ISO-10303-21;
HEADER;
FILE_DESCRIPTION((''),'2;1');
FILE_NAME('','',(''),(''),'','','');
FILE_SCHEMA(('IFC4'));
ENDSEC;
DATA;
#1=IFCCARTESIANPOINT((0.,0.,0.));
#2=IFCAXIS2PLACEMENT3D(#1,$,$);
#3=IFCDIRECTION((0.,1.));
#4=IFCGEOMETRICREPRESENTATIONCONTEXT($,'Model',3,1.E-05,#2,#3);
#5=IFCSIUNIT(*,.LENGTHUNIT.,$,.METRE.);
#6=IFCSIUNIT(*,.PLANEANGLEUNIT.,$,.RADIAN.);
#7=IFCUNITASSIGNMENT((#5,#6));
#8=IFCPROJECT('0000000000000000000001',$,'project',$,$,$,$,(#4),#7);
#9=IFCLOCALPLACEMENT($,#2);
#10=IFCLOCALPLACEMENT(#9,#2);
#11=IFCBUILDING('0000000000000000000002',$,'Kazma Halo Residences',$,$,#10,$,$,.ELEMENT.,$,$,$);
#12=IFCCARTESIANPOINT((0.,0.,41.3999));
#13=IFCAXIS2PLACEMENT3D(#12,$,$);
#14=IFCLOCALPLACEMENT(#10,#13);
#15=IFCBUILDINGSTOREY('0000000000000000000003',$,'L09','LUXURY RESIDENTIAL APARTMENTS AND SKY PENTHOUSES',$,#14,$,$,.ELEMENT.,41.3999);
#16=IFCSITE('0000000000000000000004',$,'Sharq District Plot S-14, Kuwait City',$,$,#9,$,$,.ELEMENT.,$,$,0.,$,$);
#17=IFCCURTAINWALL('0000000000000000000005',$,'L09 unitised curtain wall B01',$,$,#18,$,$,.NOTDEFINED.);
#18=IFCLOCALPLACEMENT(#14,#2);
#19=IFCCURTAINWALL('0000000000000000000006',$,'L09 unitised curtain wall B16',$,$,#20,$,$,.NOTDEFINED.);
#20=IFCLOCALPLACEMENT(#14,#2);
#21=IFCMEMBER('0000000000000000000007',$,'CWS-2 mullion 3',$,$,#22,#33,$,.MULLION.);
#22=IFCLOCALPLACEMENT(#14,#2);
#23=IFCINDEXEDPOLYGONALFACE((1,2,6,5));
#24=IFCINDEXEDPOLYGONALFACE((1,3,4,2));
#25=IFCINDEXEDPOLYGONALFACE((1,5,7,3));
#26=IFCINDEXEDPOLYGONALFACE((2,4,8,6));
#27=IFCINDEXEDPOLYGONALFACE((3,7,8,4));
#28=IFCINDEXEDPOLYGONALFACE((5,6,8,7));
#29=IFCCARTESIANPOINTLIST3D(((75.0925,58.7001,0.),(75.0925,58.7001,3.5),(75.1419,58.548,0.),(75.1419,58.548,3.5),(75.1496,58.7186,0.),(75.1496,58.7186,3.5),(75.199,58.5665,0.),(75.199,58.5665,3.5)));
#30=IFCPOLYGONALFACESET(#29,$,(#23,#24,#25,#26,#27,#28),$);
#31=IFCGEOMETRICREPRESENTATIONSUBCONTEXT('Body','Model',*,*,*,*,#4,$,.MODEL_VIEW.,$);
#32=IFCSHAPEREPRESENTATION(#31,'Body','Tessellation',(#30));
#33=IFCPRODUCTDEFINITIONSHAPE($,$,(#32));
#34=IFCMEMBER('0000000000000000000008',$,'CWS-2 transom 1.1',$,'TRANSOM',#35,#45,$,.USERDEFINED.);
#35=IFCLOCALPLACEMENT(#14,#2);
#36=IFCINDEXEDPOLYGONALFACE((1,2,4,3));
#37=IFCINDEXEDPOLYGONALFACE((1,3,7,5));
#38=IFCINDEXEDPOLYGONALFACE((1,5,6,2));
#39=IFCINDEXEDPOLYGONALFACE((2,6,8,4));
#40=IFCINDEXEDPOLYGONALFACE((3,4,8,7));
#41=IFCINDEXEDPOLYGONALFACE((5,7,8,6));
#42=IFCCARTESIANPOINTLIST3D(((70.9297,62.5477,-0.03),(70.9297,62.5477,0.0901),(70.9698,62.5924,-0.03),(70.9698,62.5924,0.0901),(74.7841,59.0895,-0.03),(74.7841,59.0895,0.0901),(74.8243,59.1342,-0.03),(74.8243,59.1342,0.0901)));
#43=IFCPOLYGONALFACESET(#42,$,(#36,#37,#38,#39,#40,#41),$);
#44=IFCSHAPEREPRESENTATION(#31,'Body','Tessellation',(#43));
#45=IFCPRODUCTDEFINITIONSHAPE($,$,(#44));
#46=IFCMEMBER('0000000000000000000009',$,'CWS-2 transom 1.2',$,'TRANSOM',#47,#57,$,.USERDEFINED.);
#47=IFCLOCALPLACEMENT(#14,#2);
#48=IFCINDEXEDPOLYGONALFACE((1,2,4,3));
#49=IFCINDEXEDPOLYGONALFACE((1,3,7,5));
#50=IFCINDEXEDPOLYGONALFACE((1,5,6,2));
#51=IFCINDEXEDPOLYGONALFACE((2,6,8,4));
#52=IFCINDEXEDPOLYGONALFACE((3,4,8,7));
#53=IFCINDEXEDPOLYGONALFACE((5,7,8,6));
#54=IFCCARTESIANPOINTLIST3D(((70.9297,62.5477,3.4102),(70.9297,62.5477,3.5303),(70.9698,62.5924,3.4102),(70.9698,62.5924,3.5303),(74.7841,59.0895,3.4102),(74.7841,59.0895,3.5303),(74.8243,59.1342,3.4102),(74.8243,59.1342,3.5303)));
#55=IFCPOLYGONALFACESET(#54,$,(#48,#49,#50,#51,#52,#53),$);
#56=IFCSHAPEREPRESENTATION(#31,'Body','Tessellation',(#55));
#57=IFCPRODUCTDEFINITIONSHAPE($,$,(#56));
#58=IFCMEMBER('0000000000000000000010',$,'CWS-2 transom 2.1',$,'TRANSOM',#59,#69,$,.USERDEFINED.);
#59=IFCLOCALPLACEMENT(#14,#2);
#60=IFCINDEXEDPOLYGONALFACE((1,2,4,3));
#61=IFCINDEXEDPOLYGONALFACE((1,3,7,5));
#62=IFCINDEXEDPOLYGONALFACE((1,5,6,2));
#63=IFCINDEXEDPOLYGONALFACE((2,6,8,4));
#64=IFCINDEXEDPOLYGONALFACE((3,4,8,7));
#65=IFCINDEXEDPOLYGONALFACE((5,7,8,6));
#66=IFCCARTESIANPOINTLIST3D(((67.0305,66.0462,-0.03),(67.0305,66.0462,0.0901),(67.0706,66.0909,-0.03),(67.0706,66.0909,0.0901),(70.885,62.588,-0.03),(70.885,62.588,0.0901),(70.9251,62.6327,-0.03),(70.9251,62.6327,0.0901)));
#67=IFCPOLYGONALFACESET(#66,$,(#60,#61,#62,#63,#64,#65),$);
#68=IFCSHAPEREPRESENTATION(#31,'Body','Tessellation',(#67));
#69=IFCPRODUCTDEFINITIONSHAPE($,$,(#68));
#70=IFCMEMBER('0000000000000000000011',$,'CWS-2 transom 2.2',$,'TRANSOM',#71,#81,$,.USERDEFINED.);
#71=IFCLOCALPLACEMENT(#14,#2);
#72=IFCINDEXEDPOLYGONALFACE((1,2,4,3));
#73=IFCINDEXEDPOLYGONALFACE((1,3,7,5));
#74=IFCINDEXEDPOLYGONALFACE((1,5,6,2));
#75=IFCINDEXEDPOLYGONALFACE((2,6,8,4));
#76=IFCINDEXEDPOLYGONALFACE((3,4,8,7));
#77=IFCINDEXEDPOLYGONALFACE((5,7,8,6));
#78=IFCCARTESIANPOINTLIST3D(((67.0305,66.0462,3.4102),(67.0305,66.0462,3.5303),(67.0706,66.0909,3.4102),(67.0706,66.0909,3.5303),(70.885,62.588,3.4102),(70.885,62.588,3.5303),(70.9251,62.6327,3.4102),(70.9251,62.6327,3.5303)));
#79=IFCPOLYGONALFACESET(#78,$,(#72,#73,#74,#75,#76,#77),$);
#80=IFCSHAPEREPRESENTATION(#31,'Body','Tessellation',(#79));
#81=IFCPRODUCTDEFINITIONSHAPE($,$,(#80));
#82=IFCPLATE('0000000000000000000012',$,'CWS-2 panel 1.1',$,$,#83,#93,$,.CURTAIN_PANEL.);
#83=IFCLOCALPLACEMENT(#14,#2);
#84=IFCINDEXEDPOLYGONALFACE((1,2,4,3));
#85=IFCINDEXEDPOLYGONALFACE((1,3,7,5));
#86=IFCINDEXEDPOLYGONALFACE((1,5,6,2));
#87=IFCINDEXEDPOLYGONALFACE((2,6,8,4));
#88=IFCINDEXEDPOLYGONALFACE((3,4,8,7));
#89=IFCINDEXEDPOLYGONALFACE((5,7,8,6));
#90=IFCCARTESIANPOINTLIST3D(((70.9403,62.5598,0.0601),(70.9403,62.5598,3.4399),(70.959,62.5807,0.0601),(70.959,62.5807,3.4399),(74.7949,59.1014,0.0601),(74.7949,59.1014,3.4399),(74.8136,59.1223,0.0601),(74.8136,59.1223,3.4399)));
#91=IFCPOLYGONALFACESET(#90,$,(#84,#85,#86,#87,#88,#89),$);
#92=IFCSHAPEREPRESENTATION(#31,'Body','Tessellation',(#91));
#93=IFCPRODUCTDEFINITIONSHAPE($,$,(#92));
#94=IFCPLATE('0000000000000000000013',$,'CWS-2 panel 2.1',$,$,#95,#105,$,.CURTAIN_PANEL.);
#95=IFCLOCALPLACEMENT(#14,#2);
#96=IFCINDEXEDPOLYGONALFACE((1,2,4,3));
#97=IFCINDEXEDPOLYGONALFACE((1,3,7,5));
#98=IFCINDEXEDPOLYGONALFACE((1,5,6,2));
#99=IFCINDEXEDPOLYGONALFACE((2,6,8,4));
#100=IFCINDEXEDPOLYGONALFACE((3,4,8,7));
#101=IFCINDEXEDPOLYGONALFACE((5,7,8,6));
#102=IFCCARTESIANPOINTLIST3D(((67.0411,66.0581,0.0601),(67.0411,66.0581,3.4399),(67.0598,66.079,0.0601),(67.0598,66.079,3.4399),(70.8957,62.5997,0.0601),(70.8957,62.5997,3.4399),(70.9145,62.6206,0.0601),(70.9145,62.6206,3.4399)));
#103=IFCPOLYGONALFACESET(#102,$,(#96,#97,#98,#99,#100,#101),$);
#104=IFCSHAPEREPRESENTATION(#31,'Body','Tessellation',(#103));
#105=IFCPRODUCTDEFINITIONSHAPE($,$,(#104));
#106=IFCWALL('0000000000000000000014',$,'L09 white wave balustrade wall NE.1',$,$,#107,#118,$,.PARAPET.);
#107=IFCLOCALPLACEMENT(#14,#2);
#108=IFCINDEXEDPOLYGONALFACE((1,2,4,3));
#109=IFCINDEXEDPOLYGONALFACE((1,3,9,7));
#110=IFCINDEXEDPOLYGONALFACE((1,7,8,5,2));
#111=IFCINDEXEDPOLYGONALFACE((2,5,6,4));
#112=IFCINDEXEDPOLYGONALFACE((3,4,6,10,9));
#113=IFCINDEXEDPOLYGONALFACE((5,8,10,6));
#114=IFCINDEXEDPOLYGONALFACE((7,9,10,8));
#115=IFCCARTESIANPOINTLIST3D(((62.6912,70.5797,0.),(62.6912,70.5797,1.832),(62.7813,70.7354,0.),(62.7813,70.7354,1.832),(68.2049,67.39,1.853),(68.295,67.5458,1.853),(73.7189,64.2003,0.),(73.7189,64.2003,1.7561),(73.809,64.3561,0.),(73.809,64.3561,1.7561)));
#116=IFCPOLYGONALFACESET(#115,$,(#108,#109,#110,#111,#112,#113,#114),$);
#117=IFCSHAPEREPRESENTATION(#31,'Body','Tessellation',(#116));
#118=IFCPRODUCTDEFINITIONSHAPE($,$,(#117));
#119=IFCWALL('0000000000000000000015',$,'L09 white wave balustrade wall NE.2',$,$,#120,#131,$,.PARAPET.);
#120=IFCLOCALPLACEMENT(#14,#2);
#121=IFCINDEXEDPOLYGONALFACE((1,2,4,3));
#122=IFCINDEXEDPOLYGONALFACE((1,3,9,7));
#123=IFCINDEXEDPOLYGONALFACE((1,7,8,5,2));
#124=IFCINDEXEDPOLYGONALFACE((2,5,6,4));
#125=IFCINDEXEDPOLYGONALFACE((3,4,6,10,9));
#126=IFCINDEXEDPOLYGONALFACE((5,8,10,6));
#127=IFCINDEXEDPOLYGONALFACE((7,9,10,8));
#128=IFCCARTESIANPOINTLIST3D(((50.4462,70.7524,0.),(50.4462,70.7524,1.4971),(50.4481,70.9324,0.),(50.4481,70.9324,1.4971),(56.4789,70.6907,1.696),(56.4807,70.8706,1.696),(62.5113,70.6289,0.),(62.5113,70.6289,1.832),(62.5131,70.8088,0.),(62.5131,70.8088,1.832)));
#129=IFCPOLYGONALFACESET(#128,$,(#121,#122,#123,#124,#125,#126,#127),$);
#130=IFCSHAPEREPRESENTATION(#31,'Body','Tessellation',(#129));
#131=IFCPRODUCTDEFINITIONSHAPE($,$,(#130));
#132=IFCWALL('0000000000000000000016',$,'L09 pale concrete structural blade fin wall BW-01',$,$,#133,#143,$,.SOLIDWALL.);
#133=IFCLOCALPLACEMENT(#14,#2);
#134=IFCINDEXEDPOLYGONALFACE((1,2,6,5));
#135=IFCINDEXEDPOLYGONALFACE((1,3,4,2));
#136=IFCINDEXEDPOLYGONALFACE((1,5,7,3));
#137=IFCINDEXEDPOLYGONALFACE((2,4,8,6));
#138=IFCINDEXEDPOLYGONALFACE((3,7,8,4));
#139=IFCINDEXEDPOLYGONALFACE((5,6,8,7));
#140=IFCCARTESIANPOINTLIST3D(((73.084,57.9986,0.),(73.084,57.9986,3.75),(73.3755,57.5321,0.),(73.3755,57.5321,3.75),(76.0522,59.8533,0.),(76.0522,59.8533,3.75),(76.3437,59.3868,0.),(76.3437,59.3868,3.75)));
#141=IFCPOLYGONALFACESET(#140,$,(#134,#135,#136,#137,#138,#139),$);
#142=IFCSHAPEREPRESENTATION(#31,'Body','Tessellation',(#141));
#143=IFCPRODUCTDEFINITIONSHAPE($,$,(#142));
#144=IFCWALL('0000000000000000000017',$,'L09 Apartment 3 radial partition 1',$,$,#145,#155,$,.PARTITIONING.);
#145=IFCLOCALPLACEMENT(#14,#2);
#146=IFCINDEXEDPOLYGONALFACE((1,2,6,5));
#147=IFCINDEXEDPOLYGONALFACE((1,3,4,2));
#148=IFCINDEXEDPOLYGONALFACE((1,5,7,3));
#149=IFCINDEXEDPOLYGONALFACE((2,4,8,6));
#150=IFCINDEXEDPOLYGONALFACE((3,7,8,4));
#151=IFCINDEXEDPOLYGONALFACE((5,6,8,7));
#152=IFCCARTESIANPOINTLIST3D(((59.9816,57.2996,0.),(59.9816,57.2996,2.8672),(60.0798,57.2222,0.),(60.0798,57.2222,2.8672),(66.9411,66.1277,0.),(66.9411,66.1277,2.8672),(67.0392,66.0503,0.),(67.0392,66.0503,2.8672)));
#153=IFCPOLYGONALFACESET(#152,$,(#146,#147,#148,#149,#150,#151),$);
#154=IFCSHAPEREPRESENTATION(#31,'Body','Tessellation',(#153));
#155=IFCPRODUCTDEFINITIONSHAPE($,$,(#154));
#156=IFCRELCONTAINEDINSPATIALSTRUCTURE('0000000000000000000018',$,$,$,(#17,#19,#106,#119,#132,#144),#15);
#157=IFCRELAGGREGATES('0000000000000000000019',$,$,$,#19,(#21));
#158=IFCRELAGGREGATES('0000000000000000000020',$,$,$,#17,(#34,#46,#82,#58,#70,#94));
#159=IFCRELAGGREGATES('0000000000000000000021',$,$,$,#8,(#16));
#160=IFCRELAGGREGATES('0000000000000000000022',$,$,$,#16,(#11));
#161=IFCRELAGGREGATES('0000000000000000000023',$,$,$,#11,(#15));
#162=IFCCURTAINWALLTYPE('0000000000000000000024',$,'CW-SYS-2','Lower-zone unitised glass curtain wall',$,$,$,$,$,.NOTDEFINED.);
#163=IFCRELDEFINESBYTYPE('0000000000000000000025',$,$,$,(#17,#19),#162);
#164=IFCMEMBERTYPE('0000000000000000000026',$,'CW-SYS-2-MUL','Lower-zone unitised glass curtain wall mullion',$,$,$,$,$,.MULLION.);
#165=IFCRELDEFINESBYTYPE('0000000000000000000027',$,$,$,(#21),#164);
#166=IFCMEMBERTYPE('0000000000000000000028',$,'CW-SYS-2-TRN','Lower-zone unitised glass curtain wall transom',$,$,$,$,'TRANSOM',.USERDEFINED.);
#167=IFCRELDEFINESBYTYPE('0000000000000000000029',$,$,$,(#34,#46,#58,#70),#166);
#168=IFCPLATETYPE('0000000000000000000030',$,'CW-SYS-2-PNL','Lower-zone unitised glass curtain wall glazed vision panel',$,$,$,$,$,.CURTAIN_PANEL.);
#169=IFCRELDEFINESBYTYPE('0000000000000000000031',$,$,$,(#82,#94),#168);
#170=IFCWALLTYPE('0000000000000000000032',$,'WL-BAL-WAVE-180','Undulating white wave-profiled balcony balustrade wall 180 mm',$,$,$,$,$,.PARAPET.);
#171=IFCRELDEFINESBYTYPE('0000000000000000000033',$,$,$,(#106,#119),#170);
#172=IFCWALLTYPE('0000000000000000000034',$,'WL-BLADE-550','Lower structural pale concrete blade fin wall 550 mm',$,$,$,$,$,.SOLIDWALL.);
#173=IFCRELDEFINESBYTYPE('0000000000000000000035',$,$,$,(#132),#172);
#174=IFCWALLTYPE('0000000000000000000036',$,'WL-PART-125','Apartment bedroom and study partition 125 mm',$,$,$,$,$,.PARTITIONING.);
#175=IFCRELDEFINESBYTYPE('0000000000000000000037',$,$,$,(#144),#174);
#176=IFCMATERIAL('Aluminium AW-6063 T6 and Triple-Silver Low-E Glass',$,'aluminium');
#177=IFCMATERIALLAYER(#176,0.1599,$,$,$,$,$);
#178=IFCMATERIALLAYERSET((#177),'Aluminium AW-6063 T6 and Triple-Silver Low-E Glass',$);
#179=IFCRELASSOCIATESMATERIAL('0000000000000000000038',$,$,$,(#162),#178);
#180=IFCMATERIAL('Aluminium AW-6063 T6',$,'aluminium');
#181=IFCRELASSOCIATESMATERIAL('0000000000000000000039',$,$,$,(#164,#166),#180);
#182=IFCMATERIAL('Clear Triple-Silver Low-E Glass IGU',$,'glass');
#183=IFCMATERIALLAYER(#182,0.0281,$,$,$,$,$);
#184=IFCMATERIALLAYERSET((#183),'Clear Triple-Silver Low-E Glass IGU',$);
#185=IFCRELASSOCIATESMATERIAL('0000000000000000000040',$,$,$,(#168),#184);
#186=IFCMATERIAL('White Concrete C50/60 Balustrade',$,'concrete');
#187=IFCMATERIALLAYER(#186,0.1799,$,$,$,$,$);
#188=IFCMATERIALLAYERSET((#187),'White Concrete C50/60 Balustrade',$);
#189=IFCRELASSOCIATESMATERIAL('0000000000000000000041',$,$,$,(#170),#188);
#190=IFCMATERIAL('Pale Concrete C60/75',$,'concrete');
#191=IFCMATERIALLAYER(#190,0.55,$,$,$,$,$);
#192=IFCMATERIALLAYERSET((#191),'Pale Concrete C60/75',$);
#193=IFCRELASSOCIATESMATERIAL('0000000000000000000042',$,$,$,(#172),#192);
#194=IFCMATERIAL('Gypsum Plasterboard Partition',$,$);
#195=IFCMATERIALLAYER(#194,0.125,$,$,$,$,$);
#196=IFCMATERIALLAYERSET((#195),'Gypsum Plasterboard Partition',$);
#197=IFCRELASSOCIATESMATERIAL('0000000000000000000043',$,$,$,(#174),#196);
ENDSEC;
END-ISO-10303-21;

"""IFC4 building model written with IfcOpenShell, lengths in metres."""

from ifc_helpers import new_model, si_unit, direction, frame, frame_2d, origin, origin_2d, place, context, subcontext, project, spatial, polyline, rectangle, outline, extrude, material, layer, layer_set, material_profile, profile_set, type_object, element, aggregate, save


model = new_model("IFC4")

# Units and contexts
model_context = context("Model", 3, precision=1e-05, world=origin(), true_north=direction((0.0, 1.0)))
body_context = subcontext(model_context, "Body", "Model", "MODEL_VIEW")
ifc_project = project(units=[si_unit("LENGTHUNIT", "METRE"), si_unit("PLANEANGLEUNIT", "RADIAN")], contexts=[model_context])

# Site, building, storey
site_placement = place(None, origin())
site = spatial("IfcSite", under=ifc_project, at=site_placement, Name="Sharq District Plot S-14, Kuwait City", CompositionType="ELEMENT", RefElevation=0.0)
building_placement = place(site_placement, origin())
building = spatial("IfcBuilding", under=site, at=building_placement, Name="Kazma Halo Residences", CompositionType="ELEMENT")
storey_placement = place(building_placement, frame((0.0, 0.0, 41.3999)))
storey = spatial("IfcBuildingStorey", under=building, at=storey_placement, Name="L09", Description="LUXURY RESIDENTIAL APARTMENTS AND SKY PENTHOUSES", CompositionType="ELEMENT", Elevation=41.3999)

# Curtain wall
ifc_material_1 = material(Name="Aluminium AW-6063 T6 and Triple-Silver Low-E Glass", Category="aluminium")
ifc_layer_1 = layer(ifc_material_1, 0.1599)
ifc_layer_set_1 = layer_set([ifc_layer_1], Name="Aluminium AW-6063 T6 and Triple-Silver Low-E Glass")
curtain_wall_type = type_object("IfcCurtainWallType", Name="CW-SYS-2", Description="Lower-zone unitised glass curtain wall", PredefinedType="NOTDEFINED", material=ifc_layer_set_1)
curtain_wall_1_placement = place(storey_placement, origin())
curtain_wall_1 = element("IfcCurtainWall", 1, at=curtain_wall_1_placement, inside=storey, type_object=curtain_wall_type, Name="L09 unitised curtain wall B01", PredefinedType="NOTDEFINED")
ifc_material_2 = material(Name="Aluminium AW-6063 T6", Category="aluminium")
ifc_material_profile_1 = material_profile(ifc_material_2, rectangle(XDim=0.0601, YDim=0.1599, at=origin_2d()), Name="CWM-60x160")
ifc_profile_set_1 = profile_set([ifc_material_profile_1], Name="Aluminium AW-6063 T6")
member_type_1 = type_object("IfcMemberType", Name="CW-SYS-2-MUL", Description="Lower-zone unitised glass curtain wall mullion", PredefinedType="MULLION", material=ifc_profile_set_1)

# Curtain wall, member
curtain_wall_2_placement = place(storey_placement, origin())
curtain_wall_2 = element("IfcCurtainWall", 2, at=curtain_wall_2_placement, inside=storey, type_object=curtain_wall_type, Name="L09 unitised curtain wall B16", PredefinedType="NOTDEFINED")
member_1_placement = place(storey_placement, frame((75.1458, 58.6333, 0.0), z_axis=(0.0, 0.0, 1.0), x_axis=(-0.951057, -0.309017, 0.0)))
member_1 = element("IfcMember", 3, at=member_1_placement, type_object=member_type_1, Name="CWS-2 mullion 3", PredefinedType="MULLION", context=body_context, shape_type="SweptSolid", body=[
    extrude(rectangle(XDim=0.0601, YDim=0.1599, at=origin_2d()), origin(), (0.0, 0.0, 1.0), 3.5),
])
aggregate(curtain_wall_2, [member_1])

# Members
ifc_material_profile_2 = material_profile(ifc_material_2, rectangle(XDim=0.0601, YDim=0.1201, at=origin_2d()), Name="CWT-60x120")
ifc_profile_set_2 = profile_set([ifc_material_profile_2], Name="Aluminium AW-6063 T6")
member_type_2 = type_object("IfcMemberType", Name="CW-SYS-2-TRN", Description="Lower-zone unitised glass curtain wall transom", ElementType="TRANSOM", PredefinedType="USERDEFINED", material=ifc_profile_set_2)
member_2_placement = place(storey_placement, frame((74.8042, 59.1118, 0.03), z_axis=(-0.744329, 0.667813, 0.0), x_axis=(-0.667813, -0.744329, 0.0)))
member_2 = element("IfcMember", 4, at=member_2_placement, type_object=member_type_2, Name="CWS-2 transom 1.1", ObjectType="TRANSOM", PredefinedType="USERDEFINED", context=body_context, shape_type="SweptSolid", body=[
    extrude(rectangle(XDim=0.0601, YDim=0.1201, at=origin_2d()), origin(), (0.0, 0.0, 1.0), 5.1785),
])
member_3_placement = place(storey_placement, frame((74.8042, 59.1118, 3.4702), z_axis=(-0.744329, 0.667813, 0.0), x_axis=(-0.667813, -0.744329, 0.0)))
member_3 = element("IfcMember", 5, at=member_3_placement, type_object=member_type_2, Name="CWS-2 transom 1.2", ObjectType="TRANSOM", PredefinedType="USERDEFINED", context=body_context, shape_type="SweptSolid", body=[
    extrude(rectangle(XDim=0.0601, YDim=0.1201, at=origin_2d()), origin(), (0.0, 0.0, 1.0), 5.1785),
])
member_4_placement = place(storey_placement, frame((70.905, 62.6104, 0.03), z_axis=(-0.744329, 0.667813, 0.0), x_axis=(-0.667813, -0.744329, 0.0)))
member_4 = element("IfcMember", 6, at=member_4_placement, type_object=member_type_2, Name="CWS-2 transom 2.1", ObjectType="TRANSOM", PredefinedType="USERDEFINED", context=body_context, shape_type="SweptSolid", body=[
    extrude(rectangle(XDim=0.0601, YDim=0.1201, at=origin_2d()), origin(), (0.0, 0.0, 1.0), 5.1785),
])
member_5_placement = place(storey_placement, frame((70.905, 62.6104, 3.4702), z_axis=(-0.744329, 0.667813, 0.0), x_axis=(-0.667813, -0.744329, 0.0)))
member_5 = element("IfcMember", 7, at=member_5_placement, type_object=member_type_2, Name="CWS-2 transom 2.2", ObjectType="TRANSOM", PredefinedType="USERDEFINED", context=body_context, shape_type="SweptSolid", body=[
    extrude(rectangle(XDim=0.0601, YDim=0.1201, at=origin_2d()), origin(), (0.0, 0.0, 1.0), 5.1785),
])

# Plates
ifc_material_3 = material(Name="Clear Triple-Silver Low-E Glass IGU", Category="glass")
ifc_layer_2 = layer(ifc_material_3, 0.0281)
ifc_layer_set_2 = layer_set([ifc_layer_2], Name="Clear Triple-Silver Low-E Glass IGU")
plate_type = type_object("IfcPlateType", Name="CW-SYS-2-PNL", Description="Lower-zone unitised glass curtain wall glazed vision panel", PredefinedType="CURTAIN_PANEL", material=ifc_layer_set_2)
plate_1_placement = place(storey_placement, frame((72.877, 60.8411, 0.0601), z_axis=(0.0, 0.0, 1.0), x_axis=(-0.744322, 0.667821, 0.0)))
plate_1 = element("IfcPlate", 8, at=plate_1_placement, type_object=plate_type, Name="CWS-2 panel 1.1", PredefinedType="CURTAIN_PANEL", context=body_context, shape_type="SweptSolid", body=[
    extrude(rectangle(XDim=5.1787, YDim=0.0281, at=origin_2d()), origin(), (0.0, 0.0, 1.0), 3.3799),
])
plate_2_placement = place(storey_placement, frame((68.9778, 64.3394, 0.0601), z_axis=(0.0, 0.0, 1.0), x_axis=(-0.744322, 0.667821, 0.0)))
plate_2 = element("IfcPlate", 9, at=plate_2_placement, type_object=plate_type, Name="CWS-2 panel 2.1", PredefinedType="CURTAIN_PANEL", context=body_context, shape_type="SweptSolid", body=[
    extrude(rectangle(XDim=5.1787, YDim=0.0281, at=origin_2d()), origin(), (0.0, 0.0, 1.0), 3.3799),
])
aggregate(curtain_wall_1, [member_2, member_3, plate_1, member_4, member_5, plate_2])

# Walls
ifc_material_4 = material(Name="White Concrete C50/60 Balustrade", Category="concrete")
ifc_layer_3 = layer(ifc_material_4, 0.1799)
ifc_layer_set_3 = layer_set([ifc_layer_3], Name="White Concrete C50/60 Balustrade")
wall_type_1 = type_object("IfcWallType", Name="WL-BAL-WAVE-180", Description="Undulating white wave-profiled balcony balustrade wall 180 mm", PredefinedType="PARAPET", material=ifc_layer_set_3)
wall_1_placement = place(storey_placement, frame((73.7639, 64.2781, 0.0), z_axis=(0.0, 0.0, 1.0), x_axis=(-0.865601, 0.500734, 0.0)))
element("IfcWall", 10, at=wall_1_placement, inside=storey, type_object=wall_type_1, Name="L09 white wave balustrade wall NE.1", PredefinedType="PARAPET", context=body_context, shape_type="SweptSolid", body=[
    extrude(outline(polyline([(0.0, 0.0), (12.74, 0.0), (12.74, 1.832), (6.3701, 1.853), (0.0, 1.7561), (0.0, 0.0)])), frame((0.0, 0.0898, 0.0), z_axis=(0.0, -1.0, 0.0), x_axis=(1.0, 0.0, 0.0)), (0.0, 0.0, 1.0), 0.1799),
])
wall_2_placement = place(storey_placement, frame((62.5122, 70.7188, 0.0), z_axis=(0.0, 0.0, 1.0), x_axis=(-0.999948, 0.010239, 0.0)))
element("IfcWall", 11, at=wall_2_placement, inside=storey, type_object=wall_type_1, Name="L09 white wave balustrade wall NE.2", PredefinedType="PARAPET", context=body_context, shape_type="SweptSolid", body=[
    extrude(outline(polyline([(0.0, 0.0), (12.0657, 0.0), (12.0657, 1.4971), (6.0327, 1.696), (0.0, 1.832), (0.0, 0.0)])), frame((0.0, 0.0898, 0.0), z_axis=(0.0, -1.0, 0.0), x_axis=(1.0, 0.0, 0.0)), (0.0, 0.0, 1.0), 0.1799),
])
ifc_material_5 = material(Name="Pale Concrete C60/75", Category="concrete")
ifc_layer_4 = layer(ifc_material_5, 0.55)
ifc_layer_set_4 = layer_set([ifc_layer_4], Name="Pale Concrete C60/75")
wall_type_2 = type_object("IfcWallType", Name="WL-BLADE-550", Description="Lower structural pale concrete blade fin wall 550 mm", PredefinedType="SOLIDWALL", material=ifc_layer_set_4)
wall_3_placement = place(storey_placement, frame((73.2297, 57.7654, 0.0), z_axis=(0.0, 0.0, 1.0), x_axis=(0.848053, 0.529911, 0.0)))
element("IfcWall", 12, at=wall_3_placement, inside=storey, type_object=wall_type_2, Name="L09 pale concrete structural blade fin wall BW-01", PredefinedType="SOLIDWALL", context=body_context, shape_type="SweptSolid", body=[
    extrude(rectangle(XDim=3.5, YDim=0.55, at=frame_2d((1.75, 0.0))), origin(), (0.0, 0.0, 1.0), 3.75),
])

# Wall
ifc_material_6 = material(Name="Gypsum Plasterboard Partition")
ifc_layer_5 = layer(ifc_material_6, 0.125)
ifc_layer_set_5 = layer_set([ifc_layer_5], Name="Gypsum Plasterboard Partition")
wall_type_3 = type_object("IfcWallType", Name="WL-PART-125", Description="Apartment bedroom and study partition 125 mm", PredefinedType="PARTITIONING", material=ifc_layer_set_5)
wall_4_placement = place(storey_placement, frame((60.0308, 57.261, 0.0), z_axis=(0.0, 0.0, 1.0), x_axis=(0.619091, 0.78532, 0.0)))
element("IfcWall", 13, at=wall_4_placement, inside=storey, type_object=wall_type_3, Name="L09 Apartment 3 radial partition 1", PredefinedType="PARTITIONING", context=body_context, shape_type="SweptSolid", body=[
    extrude(rectangle(XDim=11.2415, YDim=0.125, at=frame_2d((5.6206, 0.0))), origin(), (0.0, 0.0, 1.0), 2.8672),
])

save(model, "model.ifc")
